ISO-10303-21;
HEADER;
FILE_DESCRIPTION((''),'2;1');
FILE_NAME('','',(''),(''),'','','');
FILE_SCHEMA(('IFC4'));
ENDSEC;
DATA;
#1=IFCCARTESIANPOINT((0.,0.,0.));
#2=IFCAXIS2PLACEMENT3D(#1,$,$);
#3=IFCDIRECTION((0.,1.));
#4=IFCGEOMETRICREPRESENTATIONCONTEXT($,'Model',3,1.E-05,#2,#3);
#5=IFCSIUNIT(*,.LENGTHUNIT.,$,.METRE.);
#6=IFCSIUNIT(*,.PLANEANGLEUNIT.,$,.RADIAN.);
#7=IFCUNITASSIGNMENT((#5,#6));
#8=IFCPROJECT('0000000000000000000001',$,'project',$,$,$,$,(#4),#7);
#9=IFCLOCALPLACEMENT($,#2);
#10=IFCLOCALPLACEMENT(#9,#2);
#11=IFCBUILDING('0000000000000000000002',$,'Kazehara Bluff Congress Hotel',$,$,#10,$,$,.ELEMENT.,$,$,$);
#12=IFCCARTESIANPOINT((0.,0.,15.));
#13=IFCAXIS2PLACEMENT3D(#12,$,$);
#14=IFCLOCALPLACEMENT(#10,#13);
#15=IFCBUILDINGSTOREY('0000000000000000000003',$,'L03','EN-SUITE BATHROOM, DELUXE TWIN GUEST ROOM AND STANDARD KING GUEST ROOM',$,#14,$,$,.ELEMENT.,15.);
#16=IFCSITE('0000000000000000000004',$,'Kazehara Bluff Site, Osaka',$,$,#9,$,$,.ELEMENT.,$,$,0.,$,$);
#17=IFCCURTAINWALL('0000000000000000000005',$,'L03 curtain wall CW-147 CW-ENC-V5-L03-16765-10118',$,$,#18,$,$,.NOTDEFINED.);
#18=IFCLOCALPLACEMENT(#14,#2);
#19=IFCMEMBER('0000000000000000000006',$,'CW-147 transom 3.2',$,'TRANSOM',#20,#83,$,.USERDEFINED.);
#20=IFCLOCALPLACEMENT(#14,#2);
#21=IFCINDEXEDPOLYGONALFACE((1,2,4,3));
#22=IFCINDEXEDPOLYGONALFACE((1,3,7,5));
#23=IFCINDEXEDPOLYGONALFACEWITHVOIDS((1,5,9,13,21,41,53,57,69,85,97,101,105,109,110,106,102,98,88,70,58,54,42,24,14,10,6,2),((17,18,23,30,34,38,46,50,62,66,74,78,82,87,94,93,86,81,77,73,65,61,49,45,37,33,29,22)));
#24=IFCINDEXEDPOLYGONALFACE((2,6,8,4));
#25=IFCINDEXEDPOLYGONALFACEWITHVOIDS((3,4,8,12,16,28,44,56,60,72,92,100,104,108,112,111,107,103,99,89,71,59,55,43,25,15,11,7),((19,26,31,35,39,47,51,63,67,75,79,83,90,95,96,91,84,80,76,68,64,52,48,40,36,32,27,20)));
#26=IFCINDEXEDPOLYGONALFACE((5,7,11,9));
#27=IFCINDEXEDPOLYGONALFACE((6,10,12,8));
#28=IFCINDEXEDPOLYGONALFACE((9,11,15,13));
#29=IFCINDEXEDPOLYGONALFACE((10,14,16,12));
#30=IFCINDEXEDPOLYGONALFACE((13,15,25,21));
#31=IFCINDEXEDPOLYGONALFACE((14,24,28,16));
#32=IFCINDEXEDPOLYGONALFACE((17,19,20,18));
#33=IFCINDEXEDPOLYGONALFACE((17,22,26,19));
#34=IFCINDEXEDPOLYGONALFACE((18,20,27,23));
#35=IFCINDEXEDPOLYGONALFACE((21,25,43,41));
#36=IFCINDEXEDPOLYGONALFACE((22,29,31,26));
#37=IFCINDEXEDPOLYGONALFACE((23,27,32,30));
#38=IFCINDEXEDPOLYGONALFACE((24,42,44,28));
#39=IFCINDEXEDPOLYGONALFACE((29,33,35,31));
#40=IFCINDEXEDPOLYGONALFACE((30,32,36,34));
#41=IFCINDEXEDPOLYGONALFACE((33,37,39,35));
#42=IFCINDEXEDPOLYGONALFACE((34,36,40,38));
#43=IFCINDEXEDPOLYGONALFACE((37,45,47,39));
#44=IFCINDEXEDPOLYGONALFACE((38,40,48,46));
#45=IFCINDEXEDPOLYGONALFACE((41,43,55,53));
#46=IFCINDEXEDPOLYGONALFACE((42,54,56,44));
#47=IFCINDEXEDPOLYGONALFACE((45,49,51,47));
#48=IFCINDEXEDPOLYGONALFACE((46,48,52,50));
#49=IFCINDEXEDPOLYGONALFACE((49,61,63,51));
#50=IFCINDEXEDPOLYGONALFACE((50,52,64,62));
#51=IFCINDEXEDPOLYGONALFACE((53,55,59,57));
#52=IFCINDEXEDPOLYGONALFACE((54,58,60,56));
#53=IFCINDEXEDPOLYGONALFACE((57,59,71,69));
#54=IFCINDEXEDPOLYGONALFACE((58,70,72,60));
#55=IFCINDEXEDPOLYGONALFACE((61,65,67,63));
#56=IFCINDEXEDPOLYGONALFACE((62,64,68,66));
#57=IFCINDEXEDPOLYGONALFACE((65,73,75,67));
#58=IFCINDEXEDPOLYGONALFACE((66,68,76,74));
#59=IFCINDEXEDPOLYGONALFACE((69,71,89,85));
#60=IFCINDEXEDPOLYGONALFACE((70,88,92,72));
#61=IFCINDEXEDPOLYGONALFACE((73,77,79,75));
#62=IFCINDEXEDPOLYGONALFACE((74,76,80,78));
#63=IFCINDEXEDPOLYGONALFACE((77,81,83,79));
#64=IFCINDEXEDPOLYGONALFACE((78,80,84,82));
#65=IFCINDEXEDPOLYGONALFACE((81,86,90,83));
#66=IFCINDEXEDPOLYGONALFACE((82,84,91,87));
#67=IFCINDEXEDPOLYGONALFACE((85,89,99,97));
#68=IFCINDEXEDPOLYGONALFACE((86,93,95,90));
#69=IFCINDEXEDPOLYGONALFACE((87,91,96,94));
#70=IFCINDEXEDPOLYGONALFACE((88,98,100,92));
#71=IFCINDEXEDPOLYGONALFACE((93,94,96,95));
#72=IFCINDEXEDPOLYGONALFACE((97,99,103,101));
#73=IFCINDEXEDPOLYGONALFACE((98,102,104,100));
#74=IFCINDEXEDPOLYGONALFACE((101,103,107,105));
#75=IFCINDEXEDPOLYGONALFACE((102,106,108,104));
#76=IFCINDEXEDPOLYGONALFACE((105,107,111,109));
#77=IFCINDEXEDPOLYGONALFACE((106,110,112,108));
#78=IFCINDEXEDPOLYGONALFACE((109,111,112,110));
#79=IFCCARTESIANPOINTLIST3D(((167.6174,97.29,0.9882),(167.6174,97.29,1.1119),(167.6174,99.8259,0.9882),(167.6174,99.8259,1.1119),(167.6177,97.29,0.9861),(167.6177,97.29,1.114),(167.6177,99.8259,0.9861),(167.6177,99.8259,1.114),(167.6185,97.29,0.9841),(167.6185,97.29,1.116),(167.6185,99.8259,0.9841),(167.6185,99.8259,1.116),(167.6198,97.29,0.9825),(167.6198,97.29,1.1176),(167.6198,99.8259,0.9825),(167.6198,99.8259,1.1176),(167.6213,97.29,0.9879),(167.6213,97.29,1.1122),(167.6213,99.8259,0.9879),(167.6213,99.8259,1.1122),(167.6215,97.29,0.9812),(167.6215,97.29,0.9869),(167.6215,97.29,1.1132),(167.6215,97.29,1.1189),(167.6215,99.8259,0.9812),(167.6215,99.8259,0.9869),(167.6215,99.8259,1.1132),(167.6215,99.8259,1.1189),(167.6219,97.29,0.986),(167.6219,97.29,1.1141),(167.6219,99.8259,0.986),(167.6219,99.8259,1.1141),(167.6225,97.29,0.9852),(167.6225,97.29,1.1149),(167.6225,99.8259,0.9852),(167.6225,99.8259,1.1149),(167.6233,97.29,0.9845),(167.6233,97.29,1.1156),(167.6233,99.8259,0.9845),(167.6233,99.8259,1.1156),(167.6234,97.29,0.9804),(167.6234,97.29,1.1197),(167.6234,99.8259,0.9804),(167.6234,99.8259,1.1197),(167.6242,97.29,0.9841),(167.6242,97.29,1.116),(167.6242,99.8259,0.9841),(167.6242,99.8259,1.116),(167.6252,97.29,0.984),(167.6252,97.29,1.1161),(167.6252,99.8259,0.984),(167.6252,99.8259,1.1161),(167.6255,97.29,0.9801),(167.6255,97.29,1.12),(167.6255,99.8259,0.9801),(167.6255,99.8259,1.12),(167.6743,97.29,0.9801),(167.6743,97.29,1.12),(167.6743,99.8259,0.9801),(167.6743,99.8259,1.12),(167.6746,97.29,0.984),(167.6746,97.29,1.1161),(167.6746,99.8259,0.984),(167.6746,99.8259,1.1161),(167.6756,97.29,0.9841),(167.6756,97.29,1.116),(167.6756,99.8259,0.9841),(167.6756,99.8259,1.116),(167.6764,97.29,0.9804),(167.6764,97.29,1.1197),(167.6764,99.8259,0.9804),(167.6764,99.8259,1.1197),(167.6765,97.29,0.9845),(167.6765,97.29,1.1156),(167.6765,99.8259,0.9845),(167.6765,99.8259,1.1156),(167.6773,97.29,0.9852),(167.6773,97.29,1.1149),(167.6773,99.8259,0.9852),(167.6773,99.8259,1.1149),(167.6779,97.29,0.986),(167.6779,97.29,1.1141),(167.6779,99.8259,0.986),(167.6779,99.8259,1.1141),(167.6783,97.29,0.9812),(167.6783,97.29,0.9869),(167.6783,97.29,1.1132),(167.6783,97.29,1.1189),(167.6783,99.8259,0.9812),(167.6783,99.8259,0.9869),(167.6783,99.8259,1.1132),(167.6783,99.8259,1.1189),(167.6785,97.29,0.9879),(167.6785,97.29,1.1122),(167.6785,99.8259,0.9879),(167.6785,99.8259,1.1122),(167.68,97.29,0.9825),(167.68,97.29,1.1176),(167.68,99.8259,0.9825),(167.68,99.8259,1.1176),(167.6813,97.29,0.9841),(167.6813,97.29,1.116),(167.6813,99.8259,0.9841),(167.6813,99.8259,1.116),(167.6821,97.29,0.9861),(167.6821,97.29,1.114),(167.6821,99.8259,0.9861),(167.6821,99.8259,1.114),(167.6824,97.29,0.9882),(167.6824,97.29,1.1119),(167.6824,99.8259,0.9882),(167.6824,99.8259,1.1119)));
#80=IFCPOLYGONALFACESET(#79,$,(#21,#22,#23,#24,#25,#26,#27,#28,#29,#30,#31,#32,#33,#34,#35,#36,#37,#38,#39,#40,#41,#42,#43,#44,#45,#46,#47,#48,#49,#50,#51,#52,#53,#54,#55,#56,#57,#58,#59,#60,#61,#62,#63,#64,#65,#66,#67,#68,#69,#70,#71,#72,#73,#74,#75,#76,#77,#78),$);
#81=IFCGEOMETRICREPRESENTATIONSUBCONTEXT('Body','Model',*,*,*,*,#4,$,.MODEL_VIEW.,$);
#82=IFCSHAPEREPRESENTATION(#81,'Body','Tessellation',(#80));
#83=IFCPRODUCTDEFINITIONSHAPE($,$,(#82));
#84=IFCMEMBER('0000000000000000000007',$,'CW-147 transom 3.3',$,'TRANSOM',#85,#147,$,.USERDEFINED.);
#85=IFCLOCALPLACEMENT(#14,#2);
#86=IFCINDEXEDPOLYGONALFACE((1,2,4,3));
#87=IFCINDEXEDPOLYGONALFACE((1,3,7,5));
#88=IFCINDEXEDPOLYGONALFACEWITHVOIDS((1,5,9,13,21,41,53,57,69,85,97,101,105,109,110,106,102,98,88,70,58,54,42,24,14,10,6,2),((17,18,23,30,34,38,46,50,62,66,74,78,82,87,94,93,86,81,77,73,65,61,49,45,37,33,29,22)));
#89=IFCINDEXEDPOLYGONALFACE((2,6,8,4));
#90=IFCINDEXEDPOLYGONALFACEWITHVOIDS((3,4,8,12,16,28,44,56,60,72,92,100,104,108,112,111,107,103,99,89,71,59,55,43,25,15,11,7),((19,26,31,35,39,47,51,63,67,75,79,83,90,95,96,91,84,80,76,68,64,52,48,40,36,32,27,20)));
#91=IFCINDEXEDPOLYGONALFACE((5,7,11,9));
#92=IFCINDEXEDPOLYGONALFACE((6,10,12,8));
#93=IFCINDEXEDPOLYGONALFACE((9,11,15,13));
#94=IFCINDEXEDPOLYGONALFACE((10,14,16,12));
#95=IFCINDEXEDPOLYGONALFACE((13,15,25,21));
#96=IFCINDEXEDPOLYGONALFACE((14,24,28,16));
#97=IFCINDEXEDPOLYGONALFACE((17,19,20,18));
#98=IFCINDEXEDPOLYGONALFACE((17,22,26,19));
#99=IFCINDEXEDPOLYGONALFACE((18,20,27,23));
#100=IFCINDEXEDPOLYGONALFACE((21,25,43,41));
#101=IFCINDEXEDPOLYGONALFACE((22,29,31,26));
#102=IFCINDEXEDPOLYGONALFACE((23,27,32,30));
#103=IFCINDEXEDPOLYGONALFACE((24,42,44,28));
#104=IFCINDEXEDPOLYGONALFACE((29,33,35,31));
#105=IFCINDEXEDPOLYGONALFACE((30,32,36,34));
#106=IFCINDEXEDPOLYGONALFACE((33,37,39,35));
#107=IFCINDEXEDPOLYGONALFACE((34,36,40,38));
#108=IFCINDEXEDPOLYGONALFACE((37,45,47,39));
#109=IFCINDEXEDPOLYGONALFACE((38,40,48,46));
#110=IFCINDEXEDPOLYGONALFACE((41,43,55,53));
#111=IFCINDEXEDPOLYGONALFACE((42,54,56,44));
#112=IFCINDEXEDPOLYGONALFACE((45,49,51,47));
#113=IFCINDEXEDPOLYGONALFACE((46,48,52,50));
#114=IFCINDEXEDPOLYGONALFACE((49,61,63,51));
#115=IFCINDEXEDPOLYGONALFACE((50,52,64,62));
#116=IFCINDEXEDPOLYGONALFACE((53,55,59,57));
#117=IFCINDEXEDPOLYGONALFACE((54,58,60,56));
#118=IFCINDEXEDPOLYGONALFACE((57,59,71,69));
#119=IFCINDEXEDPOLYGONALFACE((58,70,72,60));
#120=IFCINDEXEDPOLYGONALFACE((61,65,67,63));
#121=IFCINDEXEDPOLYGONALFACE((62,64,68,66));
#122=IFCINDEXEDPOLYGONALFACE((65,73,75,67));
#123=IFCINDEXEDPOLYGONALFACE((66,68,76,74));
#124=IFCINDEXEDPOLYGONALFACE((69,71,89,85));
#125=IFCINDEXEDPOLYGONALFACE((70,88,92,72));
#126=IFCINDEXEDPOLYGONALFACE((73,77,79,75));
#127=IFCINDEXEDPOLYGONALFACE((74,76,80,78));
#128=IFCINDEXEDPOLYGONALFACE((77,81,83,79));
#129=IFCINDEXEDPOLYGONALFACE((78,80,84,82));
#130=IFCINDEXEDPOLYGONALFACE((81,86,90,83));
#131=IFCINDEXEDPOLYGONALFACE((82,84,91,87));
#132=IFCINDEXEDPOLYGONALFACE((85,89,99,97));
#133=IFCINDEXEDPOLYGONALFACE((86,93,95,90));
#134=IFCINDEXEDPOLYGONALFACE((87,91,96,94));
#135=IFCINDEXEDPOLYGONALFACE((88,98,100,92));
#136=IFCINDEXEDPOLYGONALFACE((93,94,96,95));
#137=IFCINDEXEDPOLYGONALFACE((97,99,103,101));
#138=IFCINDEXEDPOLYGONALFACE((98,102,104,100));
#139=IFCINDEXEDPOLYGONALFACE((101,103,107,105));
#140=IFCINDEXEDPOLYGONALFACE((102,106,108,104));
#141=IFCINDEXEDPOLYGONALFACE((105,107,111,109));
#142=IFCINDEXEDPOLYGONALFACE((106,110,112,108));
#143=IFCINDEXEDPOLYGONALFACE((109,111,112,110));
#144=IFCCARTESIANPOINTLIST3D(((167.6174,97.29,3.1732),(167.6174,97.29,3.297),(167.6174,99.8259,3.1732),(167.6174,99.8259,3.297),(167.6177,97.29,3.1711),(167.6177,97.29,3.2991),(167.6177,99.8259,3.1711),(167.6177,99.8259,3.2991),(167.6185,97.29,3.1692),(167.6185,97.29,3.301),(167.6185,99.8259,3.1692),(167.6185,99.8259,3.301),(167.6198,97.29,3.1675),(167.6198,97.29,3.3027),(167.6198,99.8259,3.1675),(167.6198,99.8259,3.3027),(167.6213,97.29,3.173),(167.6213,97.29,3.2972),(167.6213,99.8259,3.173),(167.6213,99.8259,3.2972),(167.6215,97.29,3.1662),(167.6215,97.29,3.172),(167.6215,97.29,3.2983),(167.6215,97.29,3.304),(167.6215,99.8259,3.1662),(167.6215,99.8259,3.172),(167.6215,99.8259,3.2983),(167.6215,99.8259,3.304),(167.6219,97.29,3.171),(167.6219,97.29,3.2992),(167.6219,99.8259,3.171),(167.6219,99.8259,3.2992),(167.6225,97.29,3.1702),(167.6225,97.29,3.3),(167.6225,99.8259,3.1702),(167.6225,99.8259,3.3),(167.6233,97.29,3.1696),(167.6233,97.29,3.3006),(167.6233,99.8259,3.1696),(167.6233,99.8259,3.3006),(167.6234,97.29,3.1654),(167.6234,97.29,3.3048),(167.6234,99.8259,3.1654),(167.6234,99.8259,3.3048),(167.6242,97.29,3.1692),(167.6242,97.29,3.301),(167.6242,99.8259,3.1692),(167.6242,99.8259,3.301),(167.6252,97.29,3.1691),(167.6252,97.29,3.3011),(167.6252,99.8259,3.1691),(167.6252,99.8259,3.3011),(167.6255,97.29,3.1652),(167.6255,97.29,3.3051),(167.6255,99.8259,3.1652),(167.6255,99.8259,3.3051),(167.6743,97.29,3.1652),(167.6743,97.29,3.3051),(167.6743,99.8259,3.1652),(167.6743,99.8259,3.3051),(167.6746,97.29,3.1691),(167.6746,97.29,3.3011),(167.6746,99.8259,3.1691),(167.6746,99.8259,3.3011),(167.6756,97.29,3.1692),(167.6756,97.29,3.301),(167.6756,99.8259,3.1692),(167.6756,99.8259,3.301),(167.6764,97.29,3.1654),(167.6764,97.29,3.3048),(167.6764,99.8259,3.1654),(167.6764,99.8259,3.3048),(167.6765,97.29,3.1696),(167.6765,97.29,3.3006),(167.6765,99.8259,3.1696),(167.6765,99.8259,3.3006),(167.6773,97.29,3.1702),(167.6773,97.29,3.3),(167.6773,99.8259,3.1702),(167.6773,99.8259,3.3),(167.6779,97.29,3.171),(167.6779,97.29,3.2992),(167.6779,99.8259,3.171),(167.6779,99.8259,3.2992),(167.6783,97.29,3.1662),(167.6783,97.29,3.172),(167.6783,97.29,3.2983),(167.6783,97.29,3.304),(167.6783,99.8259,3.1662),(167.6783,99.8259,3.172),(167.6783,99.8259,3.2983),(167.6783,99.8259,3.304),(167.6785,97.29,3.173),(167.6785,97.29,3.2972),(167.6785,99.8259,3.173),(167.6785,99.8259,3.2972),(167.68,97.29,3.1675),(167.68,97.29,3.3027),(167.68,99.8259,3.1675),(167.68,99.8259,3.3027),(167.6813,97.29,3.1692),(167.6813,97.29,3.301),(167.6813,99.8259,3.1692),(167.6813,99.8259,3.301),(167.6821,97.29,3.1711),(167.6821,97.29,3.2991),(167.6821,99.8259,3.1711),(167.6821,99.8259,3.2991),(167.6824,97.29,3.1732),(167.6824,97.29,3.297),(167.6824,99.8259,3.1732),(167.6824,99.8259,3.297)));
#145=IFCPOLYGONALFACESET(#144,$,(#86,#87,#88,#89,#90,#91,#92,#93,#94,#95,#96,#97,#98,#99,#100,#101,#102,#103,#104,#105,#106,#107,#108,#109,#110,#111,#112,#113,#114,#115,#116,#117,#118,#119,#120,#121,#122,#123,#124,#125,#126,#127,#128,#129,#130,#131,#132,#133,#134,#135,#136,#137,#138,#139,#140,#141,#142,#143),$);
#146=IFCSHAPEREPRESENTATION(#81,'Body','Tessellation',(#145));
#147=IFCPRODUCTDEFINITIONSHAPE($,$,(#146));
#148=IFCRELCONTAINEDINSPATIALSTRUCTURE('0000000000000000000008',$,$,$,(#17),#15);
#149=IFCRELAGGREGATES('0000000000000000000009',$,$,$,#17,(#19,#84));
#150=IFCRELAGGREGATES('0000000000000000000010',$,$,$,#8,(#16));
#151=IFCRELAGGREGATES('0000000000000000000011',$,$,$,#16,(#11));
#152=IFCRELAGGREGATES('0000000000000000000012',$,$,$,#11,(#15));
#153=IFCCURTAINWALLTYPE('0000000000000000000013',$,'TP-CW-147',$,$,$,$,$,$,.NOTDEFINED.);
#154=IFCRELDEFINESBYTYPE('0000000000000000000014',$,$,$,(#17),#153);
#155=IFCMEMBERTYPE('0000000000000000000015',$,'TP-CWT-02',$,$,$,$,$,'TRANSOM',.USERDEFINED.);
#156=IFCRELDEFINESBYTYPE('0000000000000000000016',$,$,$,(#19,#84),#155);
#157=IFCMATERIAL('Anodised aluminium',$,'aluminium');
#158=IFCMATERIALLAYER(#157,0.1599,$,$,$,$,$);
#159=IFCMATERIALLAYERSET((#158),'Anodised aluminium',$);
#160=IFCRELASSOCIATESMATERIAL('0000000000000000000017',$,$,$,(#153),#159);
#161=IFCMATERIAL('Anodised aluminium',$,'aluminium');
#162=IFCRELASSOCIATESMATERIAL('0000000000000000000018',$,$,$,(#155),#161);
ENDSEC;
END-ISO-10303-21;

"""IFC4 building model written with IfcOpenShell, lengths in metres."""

from ifc_helpers import new_model, si_unit, direction, frame, origin, origin_2d, place, context, subcontext, project, spatial, hollow_rectangle, extrude, material, layer, layer_set, material_profile, profile_set, type_object, element, aggregate, save


model = new_model("IFC4")

# Units and contexts
model_context = context("Model", 3, precision=1e-05, world=origin(), true_north=direction((0.0, 1.0)))
body_context = subcontext(model_context, "Body", "Model", "MODEL_VIEW")
ifc_project = project(units=[si_unit("LENGTHUNIT", "METRE"), si_unit("PLANEANGLEUNIT", "RADIAN")], contexts=[model_context])

# Site, building, storey
site_placement = place(None, origin())
site = spatial("IfcSite", under=ifc_project, at=site_placement, Name="Kazehara Bluff Site, Osaka", CompositionType="ELEMENT", RefElevation=0.0)
building_placement = place(site_placement, origin())
building = spatial("IfcBuilding", under=site, at=building_placement, Name="Kazehara Bluff Congress Hotel", CompositionType="ELEMENT")
storey_placement = place(building_placement, frame((0.0, 0.0, 15.0)))
storey = spatial("IfcBuildingStorey", under=building, at=storey_placement, Name="L03", Description="EN-SUITE BATHROOM, DELUXE TWIN GUEST ROOM AND STANDARD KING GUEST ROOM", CompositionType="ELEMENT", Elevation=15.0)

# Curtain wall, members
ifc_material_1 = material(Name="Anodised aluminium", Category="aluminium")
ifc_layer_1 = layer(ifc_material_1, 0.1599)
ifc_layer_set_1 = layer_set([ifc_layer_1], Name="Anodised aluminium")
curtain_wall_type = type_object("IfcCurtainWallType", Name="TP-CW-147", PredefinedType="NOTDEFINED", material=ifc_layer_set_1)
curtain_wall_placement = place(storey_placement, origin())
curtain_wall = element("IfcCurtainWall", 1, at=curtain_wall_placement, inside=storey, type_object=curtain_wall_type, Name="L03 curtain wall CW-147 CW-ENC-V5-L03-16765-10118", PredefinedType="NOTDEFINED")
ifc_material_2 = material(Name="Anodised aluminium", Category="aluminium")
ifc_material_profile_1 = material_profile(ifc_material_2, hollow_rectangle(XDim=0.0649, YDim=0.1399, WallThickness=0.0039, InnerFilletRadius=0.0039, OuterFilletRadius=0.0081, at=origin_2d()))
ifc_profile_set_1 = profile_set([ifc_material_profile_1], Name="Anodised aluminium")
member_type_1 = type_object("IfcMemberType", Name="TP-CWT-02", ElementType="TRANSOM", PredefinedType="USERDEFINED", material=ifc_profile_set_1)
member_1_placement = place(storey_placement, frame((167.6499, 99.8259, 1.05), z_axis=(0.0, -1.0, 0.0), x_axis=(1.0, 0.0, 0.0)))
member_1 = element("IfcMember", 2, at=member_1_placement, type_object=member_type_1, Name="CW-147 transom 3.2", ObjectType="TRANSOM", PredefinedType="USERDEFINED", context=body_context, shape_type="SweptSolid", body=[
    extrude(hollow_rectangle(XDim=0.0649, YDim=0.1399, WallThickness=0.0039, InnerFilletRadius=0.0039, OuterFilletRadius=0.0081, at=origin_2d()), origin(), (0.0, 0.0, 1.0), 2.5359),
])
member_2_placement = place(storey_placement, frame((167.6499, 99.8259, 3.2351), z_axis=(0.0, -1.0, 0.0), x_axis=(1.0, 0.0, 0.0)))
member_2 = element("IfcMember", 3, at=member_2_placement, type_object=member_type_1, Name="CW-147 transom 3.3", ObjectType="TRANSOM", PredefinedType="USERDEFINED", context=body_context, shape_type="SweptSolid", body=[
    extrude(hollow_rectangle(XDim=0.0649, YDim=0.1399, WallThickness=0.0039, InnerFilletRadius=0.0039, OuterFilletRadius=0.0081, at=origin_2d()), origin(), (0.0, 0.0, 1.0), 2.5359),
])

aggregate(curtain_wall, [member_1, member_2])

save(model, "model.ifc")
